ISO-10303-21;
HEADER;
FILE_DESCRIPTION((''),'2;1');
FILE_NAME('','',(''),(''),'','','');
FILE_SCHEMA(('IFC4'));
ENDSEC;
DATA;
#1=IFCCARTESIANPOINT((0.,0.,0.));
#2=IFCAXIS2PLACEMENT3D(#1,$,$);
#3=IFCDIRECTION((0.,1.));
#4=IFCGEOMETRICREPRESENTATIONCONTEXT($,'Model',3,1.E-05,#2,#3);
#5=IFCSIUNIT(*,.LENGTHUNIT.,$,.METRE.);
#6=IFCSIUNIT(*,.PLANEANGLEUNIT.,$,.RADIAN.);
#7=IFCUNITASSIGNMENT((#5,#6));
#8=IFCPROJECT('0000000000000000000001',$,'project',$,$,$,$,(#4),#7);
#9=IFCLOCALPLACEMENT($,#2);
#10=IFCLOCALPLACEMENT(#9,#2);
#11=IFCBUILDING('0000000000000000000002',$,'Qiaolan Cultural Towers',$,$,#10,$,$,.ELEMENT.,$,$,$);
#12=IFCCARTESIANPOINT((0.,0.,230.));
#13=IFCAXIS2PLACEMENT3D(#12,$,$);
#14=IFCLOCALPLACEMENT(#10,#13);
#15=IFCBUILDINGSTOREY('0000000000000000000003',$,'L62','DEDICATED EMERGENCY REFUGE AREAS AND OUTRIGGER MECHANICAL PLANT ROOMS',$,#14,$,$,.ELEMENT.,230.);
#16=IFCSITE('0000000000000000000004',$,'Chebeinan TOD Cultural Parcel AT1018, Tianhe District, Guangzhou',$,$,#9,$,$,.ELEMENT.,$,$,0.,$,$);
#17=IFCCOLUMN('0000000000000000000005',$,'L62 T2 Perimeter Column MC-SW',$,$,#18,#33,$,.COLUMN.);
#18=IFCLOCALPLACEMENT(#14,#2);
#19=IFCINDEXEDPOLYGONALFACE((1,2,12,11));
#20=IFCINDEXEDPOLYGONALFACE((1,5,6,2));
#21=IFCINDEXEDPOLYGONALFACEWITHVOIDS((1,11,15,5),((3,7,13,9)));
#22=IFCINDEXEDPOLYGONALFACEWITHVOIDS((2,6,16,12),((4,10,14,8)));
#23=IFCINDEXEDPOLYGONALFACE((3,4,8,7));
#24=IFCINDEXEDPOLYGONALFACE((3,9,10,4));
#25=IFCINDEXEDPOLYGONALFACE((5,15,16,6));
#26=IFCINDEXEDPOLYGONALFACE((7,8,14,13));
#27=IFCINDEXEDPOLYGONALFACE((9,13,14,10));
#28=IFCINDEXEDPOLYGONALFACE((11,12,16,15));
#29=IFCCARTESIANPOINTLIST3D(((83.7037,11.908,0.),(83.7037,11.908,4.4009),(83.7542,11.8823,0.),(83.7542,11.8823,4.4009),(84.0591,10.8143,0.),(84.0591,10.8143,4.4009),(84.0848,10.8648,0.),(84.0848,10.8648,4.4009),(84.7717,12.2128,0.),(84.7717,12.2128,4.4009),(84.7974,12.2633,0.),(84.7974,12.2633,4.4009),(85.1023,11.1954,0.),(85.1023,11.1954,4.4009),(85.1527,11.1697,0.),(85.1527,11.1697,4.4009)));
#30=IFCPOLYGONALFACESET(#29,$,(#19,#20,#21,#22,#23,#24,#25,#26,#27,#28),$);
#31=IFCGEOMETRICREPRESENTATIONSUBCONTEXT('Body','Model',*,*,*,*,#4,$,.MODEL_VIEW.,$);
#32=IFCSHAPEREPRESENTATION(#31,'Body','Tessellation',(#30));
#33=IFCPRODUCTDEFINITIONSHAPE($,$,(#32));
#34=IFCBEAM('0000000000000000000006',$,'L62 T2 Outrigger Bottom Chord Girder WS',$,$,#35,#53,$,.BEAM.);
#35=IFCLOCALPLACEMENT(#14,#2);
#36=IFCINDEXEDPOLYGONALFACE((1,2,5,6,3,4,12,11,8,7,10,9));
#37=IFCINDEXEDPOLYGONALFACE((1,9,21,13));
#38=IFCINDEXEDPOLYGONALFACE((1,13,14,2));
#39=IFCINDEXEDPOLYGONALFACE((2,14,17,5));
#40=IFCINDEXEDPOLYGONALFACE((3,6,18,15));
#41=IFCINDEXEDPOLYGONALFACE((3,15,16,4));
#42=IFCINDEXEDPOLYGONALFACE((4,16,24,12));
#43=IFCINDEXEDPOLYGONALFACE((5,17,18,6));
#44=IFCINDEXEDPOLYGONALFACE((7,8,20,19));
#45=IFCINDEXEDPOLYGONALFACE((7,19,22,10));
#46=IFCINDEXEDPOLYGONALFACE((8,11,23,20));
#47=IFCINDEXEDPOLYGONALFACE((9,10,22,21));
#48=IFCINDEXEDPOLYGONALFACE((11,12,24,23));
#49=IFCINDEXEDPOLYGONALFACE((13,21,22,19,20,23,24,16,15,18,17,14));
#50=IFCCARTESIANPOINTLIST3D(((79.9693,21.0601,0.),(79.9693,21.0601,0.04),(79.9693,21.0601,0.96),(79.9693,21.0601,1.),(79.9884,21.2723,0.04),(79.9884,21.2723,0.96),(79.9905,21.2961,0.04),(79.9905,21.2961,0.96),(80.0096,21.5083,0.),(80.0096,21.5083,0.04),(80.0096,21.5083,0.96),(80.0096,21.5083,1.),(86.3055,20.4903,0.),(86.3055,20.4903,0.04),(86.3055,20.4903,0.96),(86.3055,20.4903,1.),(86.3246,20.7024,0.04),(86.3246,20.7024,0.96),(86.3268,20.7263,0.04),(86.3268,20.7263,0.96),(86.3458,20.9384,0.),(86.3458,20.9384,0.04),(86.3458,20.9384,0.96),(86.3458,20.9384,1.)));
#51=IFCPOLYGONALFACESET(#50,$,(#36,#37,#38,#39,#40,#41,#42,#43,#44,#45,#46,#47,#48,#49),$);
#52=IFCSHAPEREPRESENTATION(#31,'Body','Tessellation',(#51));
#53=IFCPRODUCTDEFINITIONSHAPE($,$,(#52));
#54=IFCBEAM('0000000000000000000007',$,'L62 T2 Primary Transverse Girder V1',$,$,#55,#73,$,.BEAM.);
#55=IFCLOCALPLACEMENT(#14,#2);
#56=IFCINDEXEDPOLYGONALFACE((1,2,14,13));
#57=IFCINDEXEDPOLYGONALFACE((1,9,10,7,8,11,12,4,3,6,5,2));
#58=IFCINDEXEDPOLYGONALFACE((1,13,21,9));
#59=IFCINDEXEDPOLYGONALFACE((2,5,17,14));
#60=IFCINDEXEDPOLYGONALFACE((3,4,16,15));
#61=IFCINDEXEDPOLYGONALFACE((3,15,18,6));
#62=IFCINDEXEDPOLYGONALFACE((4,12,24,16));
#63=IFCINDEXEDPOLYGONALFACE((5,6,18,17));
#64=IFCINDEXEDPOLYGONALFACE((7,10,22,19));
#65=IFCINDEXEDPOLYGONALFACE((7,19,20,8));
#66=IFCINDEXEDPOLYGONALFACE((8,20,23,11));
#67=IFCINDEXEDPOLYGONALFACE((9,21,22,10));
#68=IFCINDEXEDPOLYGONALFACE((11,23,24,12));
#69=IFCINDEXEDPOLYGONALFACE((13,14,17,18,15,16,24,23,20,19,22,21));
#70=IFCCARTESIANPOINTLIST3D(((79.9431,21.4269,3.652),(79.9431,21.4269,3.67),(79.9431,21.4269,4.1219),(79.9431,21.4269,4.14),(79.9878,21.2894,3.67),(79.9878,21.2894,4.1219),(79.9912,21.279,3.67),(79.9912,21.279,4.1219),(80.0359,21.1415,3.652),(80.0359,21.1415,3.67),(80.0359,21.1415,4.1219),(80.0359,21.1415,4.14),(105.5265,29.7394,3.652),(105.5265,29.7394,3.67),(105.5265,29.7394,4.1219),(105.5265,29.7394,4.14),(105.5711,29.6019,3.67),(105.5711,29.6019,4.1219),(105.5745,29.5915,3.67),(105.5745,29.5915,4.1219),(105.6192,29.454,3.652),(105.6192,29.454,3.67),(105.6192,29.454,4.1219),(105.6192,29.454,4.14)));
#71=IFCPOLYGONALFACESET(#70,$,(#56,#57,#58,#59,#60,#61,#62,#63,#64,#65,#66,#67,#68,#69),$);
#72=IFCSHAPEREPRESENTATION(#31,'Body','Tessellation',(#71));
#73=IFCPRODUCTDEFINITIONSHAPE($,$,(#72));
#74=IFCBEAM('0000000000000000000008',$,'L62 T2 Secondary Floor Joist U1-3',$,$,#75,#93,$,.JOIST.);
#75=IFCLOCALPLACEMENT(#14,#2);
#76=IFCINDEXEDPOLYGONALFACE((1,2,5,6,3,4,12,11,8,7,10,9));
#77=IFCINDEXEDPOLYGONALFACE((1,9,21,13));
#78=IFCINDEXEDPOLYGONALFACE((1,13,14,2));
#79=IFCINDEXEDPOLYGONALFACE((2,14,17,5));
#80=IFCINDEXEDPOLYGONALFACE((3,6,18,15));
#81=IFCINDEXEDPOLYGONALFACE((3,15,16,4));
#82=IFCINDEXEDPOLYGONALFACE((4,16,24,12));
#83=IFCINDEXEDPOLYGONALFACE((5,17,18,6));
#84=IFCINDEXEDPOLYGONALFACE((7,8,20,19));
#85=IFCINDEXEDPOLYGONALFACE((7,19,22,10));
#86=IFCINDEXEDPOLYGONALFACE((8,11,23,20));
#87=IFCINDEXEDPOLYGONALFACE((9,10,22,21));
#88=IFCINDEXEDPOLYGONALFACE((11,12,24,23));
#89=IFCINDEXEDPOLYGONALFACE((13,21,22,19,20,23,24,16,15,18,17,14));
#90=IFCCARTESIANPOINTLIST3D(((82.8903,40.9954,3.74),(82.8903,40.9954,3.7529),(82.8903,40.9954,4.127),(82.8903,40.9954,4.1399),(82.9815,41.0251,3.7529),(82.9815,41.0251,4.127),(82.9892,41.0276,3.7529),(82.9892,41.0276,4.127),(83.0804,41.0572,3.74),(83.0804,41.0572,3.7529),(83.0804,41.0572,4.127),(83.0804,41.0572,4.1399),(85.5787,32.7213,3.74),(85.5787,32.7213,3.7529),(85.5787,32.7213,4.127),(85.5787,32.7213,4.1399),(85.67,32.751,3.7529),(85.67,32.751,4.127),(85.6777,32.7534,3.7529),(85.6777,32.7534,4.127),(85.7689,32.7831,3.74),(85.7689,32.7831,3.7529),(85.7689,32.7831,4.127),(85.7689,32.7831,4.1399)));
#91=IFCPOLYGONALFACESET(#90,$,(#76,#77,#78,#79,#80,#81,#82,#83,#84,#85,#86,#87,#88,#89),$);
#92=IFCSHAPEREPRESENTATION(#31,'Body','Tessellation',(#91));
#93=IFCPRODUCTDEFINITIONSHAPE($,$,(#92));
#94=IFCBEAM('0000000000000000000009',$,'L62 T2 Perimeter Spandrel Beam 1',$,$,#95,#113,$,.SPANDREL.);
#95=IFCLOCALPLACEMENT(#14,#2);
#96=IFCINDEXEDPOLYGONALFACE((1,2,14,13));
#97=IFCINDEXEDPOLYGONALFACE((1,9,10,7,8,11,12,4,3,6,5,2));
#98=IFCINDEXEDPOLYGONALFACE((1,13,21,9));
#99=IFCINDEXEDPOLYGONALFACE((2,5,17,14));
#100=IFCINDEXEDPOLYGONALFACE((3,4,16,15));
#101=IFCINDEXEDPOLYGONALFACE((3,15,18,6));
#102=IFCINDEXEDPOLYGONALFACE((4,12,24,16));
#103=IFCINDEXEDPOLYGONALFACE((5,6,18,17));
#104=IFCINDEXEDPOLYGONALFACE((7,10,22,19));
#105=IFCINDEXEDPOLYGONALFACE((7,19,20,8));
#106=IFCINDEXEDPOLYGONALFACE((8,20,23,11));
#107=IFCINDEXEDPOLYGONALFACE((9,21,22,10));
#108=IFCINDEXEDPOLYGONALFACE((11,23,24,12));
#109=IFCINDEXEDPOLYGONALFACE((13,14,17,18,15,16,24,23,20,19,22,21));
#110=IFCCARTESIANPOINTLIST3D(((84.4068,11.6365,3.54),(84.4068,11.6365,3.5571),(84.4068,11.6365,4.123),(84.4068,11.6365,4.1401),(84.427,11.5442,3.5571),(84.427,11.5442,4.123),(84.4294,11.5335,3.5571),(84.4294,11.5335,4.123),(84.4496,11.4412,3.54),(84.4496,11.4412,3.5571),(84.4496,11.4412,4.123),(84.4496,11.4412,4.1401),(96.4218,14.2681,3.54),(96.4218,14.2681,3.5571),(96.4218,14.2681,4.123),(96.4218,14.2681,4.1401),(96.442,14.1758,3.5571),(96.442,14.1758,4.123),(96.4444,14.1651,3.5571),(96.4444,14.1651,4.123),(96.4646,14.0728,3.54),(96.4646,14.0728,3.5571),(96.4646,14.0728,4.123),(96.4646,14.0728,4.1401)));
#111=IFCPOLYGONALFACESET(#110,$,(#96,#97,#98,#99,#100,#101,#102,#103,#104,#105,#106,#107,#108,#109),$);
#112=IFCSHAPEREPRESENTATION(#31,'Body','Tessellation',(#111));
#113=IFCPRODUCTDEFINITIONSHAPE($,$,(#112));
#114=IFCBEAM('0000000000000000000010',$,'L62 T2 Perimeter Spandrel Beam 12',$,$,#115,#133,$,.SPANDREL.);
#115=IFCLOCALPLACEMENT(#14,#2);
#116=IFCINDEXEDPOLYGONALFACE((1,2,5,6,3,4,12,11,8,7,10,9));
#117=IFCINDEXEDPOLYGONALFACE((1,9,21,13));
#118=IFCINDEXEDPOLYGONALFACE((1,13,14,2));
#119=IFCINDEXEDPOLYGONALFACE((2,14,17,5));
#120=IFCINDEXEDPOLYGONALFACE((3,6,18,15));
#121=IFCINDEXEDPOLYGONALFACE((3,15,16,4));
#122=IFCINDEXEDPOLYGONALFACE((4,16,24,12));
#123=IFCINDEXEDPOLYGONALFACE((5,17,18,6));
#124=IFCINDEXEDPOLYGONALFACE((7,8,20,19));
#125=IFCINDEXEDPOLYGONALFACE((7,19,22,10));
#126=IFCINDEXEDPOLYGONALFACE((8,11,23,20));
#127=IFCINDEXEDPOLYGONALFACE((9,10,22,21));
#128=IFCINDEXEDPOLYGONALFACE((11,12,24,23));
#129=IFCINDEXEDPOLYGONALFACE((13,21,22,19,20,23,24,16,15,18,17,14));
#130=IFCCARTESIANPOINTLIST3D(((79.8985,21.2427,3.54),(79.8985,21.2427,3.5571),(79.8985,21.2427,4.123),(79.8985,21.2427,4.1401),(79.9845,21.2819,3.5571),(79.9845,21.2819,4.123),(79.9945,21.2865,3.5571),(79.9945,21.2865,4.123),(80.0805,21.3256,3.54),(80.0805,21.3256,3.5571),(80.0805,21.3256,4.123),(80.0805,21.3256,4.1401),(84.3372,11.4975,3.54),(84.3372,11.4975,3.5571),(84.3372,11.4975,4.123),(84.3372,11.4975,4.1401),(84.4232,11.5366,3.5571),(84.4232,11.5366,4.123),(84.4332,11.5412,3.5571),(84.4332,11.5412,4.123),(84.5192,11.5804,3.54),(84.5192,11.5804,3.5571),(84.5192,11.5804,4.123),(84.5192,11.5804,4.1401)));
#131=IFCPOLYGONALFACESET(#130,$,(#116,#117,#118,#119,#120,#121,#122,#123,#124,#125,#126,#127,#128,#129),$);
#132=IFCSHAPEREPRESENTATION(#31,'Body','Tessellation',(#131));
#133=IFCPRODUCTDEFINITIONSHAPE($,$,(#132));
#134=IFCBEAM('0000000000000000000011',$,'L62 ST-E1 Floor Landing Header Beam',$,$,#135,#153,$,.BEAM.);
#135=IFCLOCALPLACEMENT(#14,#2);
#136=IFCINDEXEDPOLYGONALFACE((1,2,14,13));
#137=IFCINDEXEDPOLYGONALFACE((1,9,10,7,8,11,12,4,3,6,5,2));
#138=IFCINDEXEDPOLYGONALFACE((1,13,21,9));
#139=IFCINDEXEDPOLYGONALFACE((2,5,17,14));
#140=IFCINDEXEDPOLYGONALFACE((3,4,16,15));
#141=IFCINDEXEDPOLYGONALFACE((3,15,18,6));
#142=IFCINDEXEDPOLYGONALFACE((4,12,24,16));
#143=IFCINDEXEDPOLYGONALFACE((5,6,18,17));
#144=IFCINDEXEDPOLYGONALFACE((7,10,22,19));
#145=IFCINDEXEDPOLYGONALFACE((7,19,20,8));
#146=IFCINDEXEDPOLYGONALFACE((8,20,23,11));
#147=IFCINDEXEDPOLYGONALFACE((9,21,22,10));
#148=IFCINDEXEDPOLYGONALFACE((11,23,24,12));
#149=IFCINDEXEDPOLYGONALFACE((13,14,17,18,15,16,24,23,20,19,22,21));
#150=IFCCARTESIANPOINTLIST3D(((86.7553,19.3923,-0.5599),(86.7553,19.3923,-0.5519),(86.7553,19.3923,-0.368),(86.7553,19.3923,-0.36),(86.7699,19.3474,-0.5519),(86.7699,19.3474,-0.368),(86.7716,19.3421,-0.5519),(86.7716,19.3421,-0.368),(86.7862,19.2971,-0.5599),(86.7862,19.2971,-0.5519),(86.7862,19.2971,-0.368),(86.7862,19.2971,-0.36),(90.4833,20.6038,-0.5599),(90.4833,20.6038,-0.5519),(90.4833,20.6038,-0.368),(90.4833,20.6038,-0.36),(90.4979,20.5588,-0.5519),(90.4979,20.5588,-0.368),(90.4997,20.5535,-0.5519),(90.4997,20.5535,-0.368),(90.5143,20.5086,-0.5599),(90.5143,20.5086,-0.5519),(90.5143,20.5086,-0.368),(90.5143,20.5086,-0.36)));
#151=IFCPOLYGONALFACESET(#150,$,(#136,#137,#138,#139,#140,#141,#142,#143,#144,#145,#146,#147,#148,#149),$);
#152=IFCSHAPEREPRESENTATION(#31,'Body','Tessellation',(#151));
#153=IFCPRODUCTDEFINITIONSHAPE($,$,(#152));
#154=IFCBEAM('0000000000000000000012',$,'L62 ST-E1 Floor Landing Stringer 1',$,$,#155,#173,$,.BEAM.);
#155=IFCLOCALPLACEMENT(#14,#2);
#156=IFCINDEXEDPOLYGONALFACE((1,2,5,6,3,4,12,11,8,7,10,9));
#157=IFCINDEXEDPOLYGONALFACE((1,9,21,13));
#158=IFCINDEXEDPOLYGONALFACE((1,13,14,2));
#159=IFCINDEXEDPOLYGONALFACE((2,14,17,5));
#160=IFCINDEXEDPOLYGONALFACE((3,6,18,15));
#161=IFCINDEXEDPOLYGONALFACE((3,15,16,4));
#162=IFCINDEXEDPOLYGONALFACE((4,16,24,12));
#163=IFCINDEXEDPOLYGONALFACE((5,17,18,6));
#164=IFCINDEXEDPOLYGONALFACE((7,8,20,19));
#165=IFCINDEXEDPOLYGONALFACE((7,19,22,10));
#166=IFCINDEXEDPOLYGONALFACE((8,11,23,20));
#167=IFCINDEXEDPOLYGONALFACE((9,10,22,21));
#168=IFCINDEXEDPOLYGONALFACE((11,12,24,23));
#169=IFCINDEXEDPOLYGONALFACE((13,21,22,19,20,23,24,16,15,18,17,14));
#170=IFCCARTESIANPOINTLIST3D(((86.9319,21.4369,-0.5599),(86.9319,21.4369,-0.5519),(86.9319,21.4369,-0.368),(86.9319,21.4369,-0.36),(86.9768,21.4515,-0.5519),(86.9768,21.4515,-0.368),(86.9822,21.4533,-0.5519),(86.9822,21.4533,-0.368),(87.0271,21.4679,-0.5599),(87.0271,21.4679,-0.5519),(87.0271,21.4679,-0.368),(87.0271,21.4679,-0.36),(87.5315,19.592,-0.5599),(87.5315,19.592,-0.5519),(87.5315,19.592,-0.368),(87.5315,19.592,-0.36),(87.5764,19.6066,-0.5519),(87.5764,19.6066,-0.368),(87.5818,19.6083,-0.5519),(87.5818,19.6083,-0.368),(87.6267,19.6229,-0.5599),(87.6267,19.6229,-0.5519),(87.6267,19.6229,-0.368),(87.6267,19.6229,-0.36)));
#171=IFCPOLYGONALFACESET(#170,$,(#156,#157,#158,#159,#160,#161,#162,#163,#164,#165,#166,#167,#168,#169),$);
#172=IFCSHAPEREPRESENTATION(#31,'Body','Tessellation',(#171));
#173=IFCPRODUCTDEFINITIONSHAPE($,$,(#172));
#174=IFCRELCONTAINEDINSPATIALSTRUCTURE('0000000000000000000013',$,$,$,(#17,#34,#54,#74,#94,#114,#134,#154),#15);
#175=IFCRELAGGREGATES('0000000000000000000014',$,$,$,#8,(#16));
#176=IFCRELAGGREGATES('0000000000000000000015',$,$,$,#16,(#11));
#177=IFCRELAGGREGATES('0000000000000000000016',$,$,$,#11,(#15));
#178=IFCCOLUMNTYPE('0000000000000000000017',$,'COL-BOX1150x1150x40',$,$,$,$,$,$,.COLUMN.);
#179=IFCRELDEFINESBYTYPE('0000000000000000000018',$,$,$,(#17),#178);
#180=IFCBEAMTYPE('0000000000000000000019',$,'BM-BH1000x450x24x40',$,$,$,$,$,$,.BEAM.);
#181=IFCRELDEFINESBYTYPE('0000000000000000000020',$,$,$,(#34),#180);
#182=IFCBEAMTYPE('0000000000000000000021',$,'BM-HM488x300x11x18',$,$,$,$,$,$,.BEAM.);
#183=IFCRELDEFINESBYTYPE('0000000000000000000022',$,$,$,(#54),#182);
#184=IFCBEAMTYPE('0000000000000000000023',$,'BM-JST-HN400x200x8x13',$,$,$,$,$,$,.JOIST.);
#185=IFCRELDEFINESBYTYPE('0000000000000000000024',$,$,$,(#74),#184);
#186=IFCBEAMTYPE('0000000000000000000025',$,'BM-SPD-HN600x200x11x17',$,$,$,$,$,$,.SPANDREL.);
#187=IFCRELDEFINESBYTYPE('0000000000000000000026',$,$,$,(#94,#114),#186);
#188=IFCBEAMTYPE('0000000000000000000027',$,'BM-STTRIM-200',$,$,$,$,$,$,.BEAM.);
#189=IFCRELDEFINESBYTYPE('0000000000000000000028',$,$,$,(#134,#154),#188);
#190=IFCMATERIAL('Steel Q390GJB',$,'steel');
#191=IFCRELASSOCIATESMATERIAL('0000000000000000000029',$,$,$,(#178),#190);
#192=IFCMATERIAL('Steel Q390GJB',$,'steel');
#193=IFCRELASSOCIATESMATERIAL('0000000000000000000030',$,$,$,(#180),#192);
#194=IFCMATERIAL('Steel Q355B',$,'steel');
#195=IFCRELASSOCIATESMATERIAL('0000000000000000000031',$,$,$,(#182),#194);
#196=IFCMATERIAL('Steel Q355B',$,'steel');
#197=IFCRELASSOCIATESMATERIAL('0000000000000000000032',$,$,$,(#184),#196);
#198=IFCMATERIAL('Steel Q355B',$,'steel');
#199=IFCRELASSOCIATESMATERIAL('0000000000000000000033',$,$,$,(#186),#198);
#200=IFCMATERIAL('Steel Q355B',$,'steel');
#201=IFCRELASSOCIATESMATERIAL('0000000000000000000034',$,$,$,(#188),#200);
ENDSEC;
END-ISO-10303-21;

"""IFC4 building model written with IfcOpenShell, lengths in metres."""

from ifc_helpers import new_model, si_unit, direction, frame, origin, origin_2d, place, context, subcontext, project, spatial, hollow_rectangle, i_section, extrude, material, material_profile, profile_set, type_object, element, save


model = new_model("IFC4")

# Units and contexts
model_context = context("Model", 3, precision=1e-05, world=origin(), true_north=direction((0.0, 1.0)))
body_context = subcontext(model_context, "Body", "Model", "MODEL_VIEW")
ifc_project = project(units=[si_unit("LENGTHUNIT", "METRE"), si_unit("PLANEANGLEUNIT", "RADIAN")], contexts=[model_context])

# Site, building, storey
site_placement = place(None, origin())
site = spatial("IfcSite", under=ifc_project, at=site_placement, Name="Chebeinan TOD Cultural Parcel AT1018, Tianhe District, Guangzhou", CompositionType="ELEMENT", RefElevation=0.0)
building_placement = place(site_placement, origin())
building = spatial("IfcBuilding", under=site, at=building_placement, Name="Qiaolan Cultural Towers", CompositionType="ELEMENT")
storey_placement = place(building_placement, frame((0.0, 0.0, 230.0)))
storey = spatial("IfcBuildingStorey", under=building, at=storey_placement, Name="L62", Description="DEDICATED EMERGENCY REFUGE AREAS AND OUTRIGGER MECHANICAL PLANT ROOMS", CompositionType="ELEMENT", Elevation=230.0)

# Column
ifc_material_1 = material(Name="Steel Q390GJB", Category="steel")
ifc_material_profile_1 = material_profile(ifc_material_1, hollow_rectangle(XDim=1.1499, YDim=1.1499, WallThickness=0.04, at=origin_2d()), Name="BOX1150x1150x40")
ifc_profile_set_1 = profile_set([ifc_material_profile_1], Name="Steel Q390GJB")
column_type = type_object("IfcColumnType", Name="COL-BOX1150x1150x40", PredefinedType="COLUMN", material=ifc_profile_set_1)
column_placement = place(storey_placement, frame((84.4282, 11.5388, 0.0), z_axis=(0.0, 0.0, 1.0), x_axis=(0.951057, 0.309017, 0.0)))
element("IfcColumn", 1, at=column_placement, inside=storey, type_object=column_type, Name="L62 T2 Perimeter Column MC-SW", PredefinedType="COLUMN", context=body_context, shape_type="SweptSolid", body=[
    extrude(hollow_rectangle(XDim=1.1499, YDim=1.1499, WallThickness=0.04, at=origin_2d()), origin(), (0.0, 0.0, 1.0), 4.4009),
])

# Beams
ifc_material_2 = material(Name="Steel Q390GJB", Category="steel")
ifc_material_profile_2 = material_profile(ifc_material_2, i_section(OverallWidth=0.45, OverallDepth=1.0, WebThickness=0.0239, FlangeThickness=0.04, at=origin_2d()), Name="BH1000x450x24x40")
ifc_profile_set_2 = profile_set([ifc_material_profile_2], Name="Steel Q390GJB")
beam_type_1 = type_object("IfcBeamType", Name="BM-BH1000x450x24x40", PredefinedType="BEAM", material=ifc_profile_set_2)
beam_1_placement = place(storey_placement, frame((86.3257, 20.7144, 0.5), z_axis=(-0.995981, 0.08957, 0.0), x_axis=(-0.08957, -0.995981, 0.0)))
element("IfcBeam", 2, at=beam_1_placement, inside=storey, type_object=beam_type_1, Name="L62 T2 Outrigger Bottom Chord Girder WS", PredefinedType="BEAM", context=body_context, shape_type="SweptSolid", body=[
    extrude(i_section(OverallWidth=0.45, OverallDepth=1.0, WebThickness=0.0239, FlangeThickness=0.04, at=origin_2d()), origin(), (0.0, 0.0, 1.0), 6.3618),
])
ifc_material_3 = material(Name="Steel Q355B", Category="steel")
ifc_material_profile_3 = material_profile(ifc_material_3, i_section(OverallWidth=0.3, OverallDepth=0.488, WebThickness=0.011, FlangeThickness=0.0181, at=origin_2d()), Name="HM488x300x11x18")
ifc_profile_set_3 = profile_set([ifc_material_profile_3], Name="Steel Q355B")
beam_type_2 = type_object("IfcBeamType", Name="BM-HM488x300x11x18", PredefinedType="BEAM", material=ifc_profile_set_3)
beam_2_placement = place(storey_placement, frame((79.9895, 21.2842, 3.896), z_axis=(0.951057, 0.309017, 0.0), x_axis=(-0.309017, 0.951057, 0.0)))
element("IfcBeam", 3, at=beam_2_placement, inside=storey, type_object=beam_type_2, Name="L62 T2 Primary Transverse Girder V1", PredefinedType="BEAM", context=body_context, shape_type="SweptSolid", body=[
    extrude(i_section(OverallWidth=0.3, OverallDepth=0.488, WebThickness=0.011, FlangeThickness=0.0181, at=origin_2d()), origin(), (0.0, 0.0, 1.0), 26.8999),
])
ifc_material_4 = material(Name="Steel Q355B", Category="steel")
ifc_material_profile_4 = material_profile(ifc_material_4, i_section(OverallWidth=0.2, OverallDepth=0.3999, WebThickness=0.0081, FlangeThickness=0.0129, at=origin_2d()), Name="HN400x200x8x13")
ifc_profile_set_4 = profile_set([ifc_material_profile_4], Name="Steel Q355B")
beam_type_3 = type_object("IfcBeamType", Name="BM-JST-HN400x200x8x13", PredefinedType="JOIST", material=ifc_profile_set_4)
beam_3_placement = place(storey_placement, frame((85.6738, 32.7522, 3.9399), z_axis=(-0.309021, 0.951055, 0.0), x_axis=(-0.951055, -0.309021, 0.0)))
element("IfcBeam", 4, at=beam_3_placement, inside=storey, type_object=beam_type_3, Name="L62 T2 Secondary Floor Joist U1-3", PredefinedType="JOIST", context=body_context, shape_type="SweptSolid", body=[
    extrude(i_section(OverallWidth=0.2, OverallDepth=0.3999, WebThickness=0.0081, FlangeThickness=0.0129, at=origin_2d()), origin(), (0.0, 0.0, 1.0), 8.7),
])
ifc_material_5 = material(Name="Steel Q355B", Category="steel")
ifc_material_profile_5 = material_profile(ifc_material_5, i_section(OverallWidth=0.2, OverallDepth=0.6001, WebThickness=0.011, FlangeThickness=0.0171, at=origin_2d()), Name="HN600x200x11x17")
ifc_profile_set_5 = profile_set([ifc_material_profile_5], Name="Steel Q355B")
beam_type_4 = type_object("IfcBeamType", Name="BM-SPD-HN600x200x11x17", PredefinedType="SPANDREL", material=ifc_profile_set_5)
beam_4_placement = place(storey_placement, frame((84.4282, 11.5388, 3.8401), z_axis=(0.976843, 0.213956, 0.0), x_axis=(-0.213956, 0.976843, 0.0)))
element("IfcBeam", 5, at=beam_4_placement, inside=storey, type_object=beam_type_4, Name="L62 T2 Perimeter Spandrel Beam 1", PredefinedType="SPANDREL", context=body_context, shape_type="SweptSolid", body=[
    extrude(i_section(OverallWidth=0.2, OverallDepth=0.6001, WebThickness=0.011, FlangeThickness=0.0171, at=origin_2d()), origin(), (0.0, 0.0, 1.0), 12.2998),
])
beam_5_placement = place(storey_placement, frame((79.9895, 21.2842, 3.8401), z_axis=(0.4145, -0.910049, 0.0), x_axis=(0.910049, 0.4145, 0.0)))
element("IfcBeam", 6, at=beam_5_placement, inside=storey, type_object=beam_type_4, Name="L62 T2 Perimeter Spandrel Beam 12", PredefinedType="SPANDREL", context=body_context, shape_type="SweptSolid", body=[
    extrude(i_section(OverallWidth=0.2, OverallDepth=0.6001, WebThickness=0.011, FlangeThickness=0.0171, at=origin_2d()), origin(), (0.0, 0.0, 1.0), 10.7085),
])
ifc_material_6 = material(Name="Steel Q355B", Category="steel")
ifc_material_profile_6 = material_profile(ifc_material_6, i_section(OverallWidth=0.1001, OverallDepth=0.2, WebThickness=0.0056, FlangeThickness=0.0081, at=origin_2d()), Name="HN200x100x5.5x8")
ifc_profile_set_6 = profile_set([ifc_material_profile_6], Name="Steel Q355B")
beam_type_5 = type_object("IfcBeamType", Name="BM-STTRIM-200", PredefinedType="BEAM", material=ifc_profile_set_6)
beam_6_placement = place(storey_placement, frame((86.7708, 19.3447, -0.46), z_axis=(0.951048, 0.309044, 0.0), x_axis=(-0.309044, 0.951048, 0.0)))
element("IfcBeam", 7, at=beam_6_placement, inside=storey, type_object=beam_type_5, Name="L62 ST-E1 Floor Landing Header Beam", PredefinedType="BEAM", context=body_context, shape_type="SweptSolid", body=[
    extrude(i_section(OverallWidth=0.1001, OverallDepth=0.2, WebThickness=0.0056, FlangeThickness=0.0081, at=origin_2d()), origin(), (0.0, 0.0, 1.0), 3.9199),
])
beam_7_placement = place(storey_placement, frame((86.9795, 21.4524, -0.46), z_axis=(0.309083, -0.951035, 0.0), x_axis=(0.951035, 0.309083, 0.0)))
element("IfcBeam", 8, at=beam_7_placement, inside=storey, type_object=beam_type_5, Name="L62 ST-E1 Floor Landing Stringer 1", PredefinedType="BEAM", context=body_context, shape_type="SweptSolid", body=[
    extrude(i_section(OverallWidth=0.1001, OverallDepth=0.2, WebThickness=0.0056, FlangeThickness=0.0081, at=origin_2d()), origin(), (0.0, 0.0, 1.0), 1.9399),
])

save(model, "model.ifc")
